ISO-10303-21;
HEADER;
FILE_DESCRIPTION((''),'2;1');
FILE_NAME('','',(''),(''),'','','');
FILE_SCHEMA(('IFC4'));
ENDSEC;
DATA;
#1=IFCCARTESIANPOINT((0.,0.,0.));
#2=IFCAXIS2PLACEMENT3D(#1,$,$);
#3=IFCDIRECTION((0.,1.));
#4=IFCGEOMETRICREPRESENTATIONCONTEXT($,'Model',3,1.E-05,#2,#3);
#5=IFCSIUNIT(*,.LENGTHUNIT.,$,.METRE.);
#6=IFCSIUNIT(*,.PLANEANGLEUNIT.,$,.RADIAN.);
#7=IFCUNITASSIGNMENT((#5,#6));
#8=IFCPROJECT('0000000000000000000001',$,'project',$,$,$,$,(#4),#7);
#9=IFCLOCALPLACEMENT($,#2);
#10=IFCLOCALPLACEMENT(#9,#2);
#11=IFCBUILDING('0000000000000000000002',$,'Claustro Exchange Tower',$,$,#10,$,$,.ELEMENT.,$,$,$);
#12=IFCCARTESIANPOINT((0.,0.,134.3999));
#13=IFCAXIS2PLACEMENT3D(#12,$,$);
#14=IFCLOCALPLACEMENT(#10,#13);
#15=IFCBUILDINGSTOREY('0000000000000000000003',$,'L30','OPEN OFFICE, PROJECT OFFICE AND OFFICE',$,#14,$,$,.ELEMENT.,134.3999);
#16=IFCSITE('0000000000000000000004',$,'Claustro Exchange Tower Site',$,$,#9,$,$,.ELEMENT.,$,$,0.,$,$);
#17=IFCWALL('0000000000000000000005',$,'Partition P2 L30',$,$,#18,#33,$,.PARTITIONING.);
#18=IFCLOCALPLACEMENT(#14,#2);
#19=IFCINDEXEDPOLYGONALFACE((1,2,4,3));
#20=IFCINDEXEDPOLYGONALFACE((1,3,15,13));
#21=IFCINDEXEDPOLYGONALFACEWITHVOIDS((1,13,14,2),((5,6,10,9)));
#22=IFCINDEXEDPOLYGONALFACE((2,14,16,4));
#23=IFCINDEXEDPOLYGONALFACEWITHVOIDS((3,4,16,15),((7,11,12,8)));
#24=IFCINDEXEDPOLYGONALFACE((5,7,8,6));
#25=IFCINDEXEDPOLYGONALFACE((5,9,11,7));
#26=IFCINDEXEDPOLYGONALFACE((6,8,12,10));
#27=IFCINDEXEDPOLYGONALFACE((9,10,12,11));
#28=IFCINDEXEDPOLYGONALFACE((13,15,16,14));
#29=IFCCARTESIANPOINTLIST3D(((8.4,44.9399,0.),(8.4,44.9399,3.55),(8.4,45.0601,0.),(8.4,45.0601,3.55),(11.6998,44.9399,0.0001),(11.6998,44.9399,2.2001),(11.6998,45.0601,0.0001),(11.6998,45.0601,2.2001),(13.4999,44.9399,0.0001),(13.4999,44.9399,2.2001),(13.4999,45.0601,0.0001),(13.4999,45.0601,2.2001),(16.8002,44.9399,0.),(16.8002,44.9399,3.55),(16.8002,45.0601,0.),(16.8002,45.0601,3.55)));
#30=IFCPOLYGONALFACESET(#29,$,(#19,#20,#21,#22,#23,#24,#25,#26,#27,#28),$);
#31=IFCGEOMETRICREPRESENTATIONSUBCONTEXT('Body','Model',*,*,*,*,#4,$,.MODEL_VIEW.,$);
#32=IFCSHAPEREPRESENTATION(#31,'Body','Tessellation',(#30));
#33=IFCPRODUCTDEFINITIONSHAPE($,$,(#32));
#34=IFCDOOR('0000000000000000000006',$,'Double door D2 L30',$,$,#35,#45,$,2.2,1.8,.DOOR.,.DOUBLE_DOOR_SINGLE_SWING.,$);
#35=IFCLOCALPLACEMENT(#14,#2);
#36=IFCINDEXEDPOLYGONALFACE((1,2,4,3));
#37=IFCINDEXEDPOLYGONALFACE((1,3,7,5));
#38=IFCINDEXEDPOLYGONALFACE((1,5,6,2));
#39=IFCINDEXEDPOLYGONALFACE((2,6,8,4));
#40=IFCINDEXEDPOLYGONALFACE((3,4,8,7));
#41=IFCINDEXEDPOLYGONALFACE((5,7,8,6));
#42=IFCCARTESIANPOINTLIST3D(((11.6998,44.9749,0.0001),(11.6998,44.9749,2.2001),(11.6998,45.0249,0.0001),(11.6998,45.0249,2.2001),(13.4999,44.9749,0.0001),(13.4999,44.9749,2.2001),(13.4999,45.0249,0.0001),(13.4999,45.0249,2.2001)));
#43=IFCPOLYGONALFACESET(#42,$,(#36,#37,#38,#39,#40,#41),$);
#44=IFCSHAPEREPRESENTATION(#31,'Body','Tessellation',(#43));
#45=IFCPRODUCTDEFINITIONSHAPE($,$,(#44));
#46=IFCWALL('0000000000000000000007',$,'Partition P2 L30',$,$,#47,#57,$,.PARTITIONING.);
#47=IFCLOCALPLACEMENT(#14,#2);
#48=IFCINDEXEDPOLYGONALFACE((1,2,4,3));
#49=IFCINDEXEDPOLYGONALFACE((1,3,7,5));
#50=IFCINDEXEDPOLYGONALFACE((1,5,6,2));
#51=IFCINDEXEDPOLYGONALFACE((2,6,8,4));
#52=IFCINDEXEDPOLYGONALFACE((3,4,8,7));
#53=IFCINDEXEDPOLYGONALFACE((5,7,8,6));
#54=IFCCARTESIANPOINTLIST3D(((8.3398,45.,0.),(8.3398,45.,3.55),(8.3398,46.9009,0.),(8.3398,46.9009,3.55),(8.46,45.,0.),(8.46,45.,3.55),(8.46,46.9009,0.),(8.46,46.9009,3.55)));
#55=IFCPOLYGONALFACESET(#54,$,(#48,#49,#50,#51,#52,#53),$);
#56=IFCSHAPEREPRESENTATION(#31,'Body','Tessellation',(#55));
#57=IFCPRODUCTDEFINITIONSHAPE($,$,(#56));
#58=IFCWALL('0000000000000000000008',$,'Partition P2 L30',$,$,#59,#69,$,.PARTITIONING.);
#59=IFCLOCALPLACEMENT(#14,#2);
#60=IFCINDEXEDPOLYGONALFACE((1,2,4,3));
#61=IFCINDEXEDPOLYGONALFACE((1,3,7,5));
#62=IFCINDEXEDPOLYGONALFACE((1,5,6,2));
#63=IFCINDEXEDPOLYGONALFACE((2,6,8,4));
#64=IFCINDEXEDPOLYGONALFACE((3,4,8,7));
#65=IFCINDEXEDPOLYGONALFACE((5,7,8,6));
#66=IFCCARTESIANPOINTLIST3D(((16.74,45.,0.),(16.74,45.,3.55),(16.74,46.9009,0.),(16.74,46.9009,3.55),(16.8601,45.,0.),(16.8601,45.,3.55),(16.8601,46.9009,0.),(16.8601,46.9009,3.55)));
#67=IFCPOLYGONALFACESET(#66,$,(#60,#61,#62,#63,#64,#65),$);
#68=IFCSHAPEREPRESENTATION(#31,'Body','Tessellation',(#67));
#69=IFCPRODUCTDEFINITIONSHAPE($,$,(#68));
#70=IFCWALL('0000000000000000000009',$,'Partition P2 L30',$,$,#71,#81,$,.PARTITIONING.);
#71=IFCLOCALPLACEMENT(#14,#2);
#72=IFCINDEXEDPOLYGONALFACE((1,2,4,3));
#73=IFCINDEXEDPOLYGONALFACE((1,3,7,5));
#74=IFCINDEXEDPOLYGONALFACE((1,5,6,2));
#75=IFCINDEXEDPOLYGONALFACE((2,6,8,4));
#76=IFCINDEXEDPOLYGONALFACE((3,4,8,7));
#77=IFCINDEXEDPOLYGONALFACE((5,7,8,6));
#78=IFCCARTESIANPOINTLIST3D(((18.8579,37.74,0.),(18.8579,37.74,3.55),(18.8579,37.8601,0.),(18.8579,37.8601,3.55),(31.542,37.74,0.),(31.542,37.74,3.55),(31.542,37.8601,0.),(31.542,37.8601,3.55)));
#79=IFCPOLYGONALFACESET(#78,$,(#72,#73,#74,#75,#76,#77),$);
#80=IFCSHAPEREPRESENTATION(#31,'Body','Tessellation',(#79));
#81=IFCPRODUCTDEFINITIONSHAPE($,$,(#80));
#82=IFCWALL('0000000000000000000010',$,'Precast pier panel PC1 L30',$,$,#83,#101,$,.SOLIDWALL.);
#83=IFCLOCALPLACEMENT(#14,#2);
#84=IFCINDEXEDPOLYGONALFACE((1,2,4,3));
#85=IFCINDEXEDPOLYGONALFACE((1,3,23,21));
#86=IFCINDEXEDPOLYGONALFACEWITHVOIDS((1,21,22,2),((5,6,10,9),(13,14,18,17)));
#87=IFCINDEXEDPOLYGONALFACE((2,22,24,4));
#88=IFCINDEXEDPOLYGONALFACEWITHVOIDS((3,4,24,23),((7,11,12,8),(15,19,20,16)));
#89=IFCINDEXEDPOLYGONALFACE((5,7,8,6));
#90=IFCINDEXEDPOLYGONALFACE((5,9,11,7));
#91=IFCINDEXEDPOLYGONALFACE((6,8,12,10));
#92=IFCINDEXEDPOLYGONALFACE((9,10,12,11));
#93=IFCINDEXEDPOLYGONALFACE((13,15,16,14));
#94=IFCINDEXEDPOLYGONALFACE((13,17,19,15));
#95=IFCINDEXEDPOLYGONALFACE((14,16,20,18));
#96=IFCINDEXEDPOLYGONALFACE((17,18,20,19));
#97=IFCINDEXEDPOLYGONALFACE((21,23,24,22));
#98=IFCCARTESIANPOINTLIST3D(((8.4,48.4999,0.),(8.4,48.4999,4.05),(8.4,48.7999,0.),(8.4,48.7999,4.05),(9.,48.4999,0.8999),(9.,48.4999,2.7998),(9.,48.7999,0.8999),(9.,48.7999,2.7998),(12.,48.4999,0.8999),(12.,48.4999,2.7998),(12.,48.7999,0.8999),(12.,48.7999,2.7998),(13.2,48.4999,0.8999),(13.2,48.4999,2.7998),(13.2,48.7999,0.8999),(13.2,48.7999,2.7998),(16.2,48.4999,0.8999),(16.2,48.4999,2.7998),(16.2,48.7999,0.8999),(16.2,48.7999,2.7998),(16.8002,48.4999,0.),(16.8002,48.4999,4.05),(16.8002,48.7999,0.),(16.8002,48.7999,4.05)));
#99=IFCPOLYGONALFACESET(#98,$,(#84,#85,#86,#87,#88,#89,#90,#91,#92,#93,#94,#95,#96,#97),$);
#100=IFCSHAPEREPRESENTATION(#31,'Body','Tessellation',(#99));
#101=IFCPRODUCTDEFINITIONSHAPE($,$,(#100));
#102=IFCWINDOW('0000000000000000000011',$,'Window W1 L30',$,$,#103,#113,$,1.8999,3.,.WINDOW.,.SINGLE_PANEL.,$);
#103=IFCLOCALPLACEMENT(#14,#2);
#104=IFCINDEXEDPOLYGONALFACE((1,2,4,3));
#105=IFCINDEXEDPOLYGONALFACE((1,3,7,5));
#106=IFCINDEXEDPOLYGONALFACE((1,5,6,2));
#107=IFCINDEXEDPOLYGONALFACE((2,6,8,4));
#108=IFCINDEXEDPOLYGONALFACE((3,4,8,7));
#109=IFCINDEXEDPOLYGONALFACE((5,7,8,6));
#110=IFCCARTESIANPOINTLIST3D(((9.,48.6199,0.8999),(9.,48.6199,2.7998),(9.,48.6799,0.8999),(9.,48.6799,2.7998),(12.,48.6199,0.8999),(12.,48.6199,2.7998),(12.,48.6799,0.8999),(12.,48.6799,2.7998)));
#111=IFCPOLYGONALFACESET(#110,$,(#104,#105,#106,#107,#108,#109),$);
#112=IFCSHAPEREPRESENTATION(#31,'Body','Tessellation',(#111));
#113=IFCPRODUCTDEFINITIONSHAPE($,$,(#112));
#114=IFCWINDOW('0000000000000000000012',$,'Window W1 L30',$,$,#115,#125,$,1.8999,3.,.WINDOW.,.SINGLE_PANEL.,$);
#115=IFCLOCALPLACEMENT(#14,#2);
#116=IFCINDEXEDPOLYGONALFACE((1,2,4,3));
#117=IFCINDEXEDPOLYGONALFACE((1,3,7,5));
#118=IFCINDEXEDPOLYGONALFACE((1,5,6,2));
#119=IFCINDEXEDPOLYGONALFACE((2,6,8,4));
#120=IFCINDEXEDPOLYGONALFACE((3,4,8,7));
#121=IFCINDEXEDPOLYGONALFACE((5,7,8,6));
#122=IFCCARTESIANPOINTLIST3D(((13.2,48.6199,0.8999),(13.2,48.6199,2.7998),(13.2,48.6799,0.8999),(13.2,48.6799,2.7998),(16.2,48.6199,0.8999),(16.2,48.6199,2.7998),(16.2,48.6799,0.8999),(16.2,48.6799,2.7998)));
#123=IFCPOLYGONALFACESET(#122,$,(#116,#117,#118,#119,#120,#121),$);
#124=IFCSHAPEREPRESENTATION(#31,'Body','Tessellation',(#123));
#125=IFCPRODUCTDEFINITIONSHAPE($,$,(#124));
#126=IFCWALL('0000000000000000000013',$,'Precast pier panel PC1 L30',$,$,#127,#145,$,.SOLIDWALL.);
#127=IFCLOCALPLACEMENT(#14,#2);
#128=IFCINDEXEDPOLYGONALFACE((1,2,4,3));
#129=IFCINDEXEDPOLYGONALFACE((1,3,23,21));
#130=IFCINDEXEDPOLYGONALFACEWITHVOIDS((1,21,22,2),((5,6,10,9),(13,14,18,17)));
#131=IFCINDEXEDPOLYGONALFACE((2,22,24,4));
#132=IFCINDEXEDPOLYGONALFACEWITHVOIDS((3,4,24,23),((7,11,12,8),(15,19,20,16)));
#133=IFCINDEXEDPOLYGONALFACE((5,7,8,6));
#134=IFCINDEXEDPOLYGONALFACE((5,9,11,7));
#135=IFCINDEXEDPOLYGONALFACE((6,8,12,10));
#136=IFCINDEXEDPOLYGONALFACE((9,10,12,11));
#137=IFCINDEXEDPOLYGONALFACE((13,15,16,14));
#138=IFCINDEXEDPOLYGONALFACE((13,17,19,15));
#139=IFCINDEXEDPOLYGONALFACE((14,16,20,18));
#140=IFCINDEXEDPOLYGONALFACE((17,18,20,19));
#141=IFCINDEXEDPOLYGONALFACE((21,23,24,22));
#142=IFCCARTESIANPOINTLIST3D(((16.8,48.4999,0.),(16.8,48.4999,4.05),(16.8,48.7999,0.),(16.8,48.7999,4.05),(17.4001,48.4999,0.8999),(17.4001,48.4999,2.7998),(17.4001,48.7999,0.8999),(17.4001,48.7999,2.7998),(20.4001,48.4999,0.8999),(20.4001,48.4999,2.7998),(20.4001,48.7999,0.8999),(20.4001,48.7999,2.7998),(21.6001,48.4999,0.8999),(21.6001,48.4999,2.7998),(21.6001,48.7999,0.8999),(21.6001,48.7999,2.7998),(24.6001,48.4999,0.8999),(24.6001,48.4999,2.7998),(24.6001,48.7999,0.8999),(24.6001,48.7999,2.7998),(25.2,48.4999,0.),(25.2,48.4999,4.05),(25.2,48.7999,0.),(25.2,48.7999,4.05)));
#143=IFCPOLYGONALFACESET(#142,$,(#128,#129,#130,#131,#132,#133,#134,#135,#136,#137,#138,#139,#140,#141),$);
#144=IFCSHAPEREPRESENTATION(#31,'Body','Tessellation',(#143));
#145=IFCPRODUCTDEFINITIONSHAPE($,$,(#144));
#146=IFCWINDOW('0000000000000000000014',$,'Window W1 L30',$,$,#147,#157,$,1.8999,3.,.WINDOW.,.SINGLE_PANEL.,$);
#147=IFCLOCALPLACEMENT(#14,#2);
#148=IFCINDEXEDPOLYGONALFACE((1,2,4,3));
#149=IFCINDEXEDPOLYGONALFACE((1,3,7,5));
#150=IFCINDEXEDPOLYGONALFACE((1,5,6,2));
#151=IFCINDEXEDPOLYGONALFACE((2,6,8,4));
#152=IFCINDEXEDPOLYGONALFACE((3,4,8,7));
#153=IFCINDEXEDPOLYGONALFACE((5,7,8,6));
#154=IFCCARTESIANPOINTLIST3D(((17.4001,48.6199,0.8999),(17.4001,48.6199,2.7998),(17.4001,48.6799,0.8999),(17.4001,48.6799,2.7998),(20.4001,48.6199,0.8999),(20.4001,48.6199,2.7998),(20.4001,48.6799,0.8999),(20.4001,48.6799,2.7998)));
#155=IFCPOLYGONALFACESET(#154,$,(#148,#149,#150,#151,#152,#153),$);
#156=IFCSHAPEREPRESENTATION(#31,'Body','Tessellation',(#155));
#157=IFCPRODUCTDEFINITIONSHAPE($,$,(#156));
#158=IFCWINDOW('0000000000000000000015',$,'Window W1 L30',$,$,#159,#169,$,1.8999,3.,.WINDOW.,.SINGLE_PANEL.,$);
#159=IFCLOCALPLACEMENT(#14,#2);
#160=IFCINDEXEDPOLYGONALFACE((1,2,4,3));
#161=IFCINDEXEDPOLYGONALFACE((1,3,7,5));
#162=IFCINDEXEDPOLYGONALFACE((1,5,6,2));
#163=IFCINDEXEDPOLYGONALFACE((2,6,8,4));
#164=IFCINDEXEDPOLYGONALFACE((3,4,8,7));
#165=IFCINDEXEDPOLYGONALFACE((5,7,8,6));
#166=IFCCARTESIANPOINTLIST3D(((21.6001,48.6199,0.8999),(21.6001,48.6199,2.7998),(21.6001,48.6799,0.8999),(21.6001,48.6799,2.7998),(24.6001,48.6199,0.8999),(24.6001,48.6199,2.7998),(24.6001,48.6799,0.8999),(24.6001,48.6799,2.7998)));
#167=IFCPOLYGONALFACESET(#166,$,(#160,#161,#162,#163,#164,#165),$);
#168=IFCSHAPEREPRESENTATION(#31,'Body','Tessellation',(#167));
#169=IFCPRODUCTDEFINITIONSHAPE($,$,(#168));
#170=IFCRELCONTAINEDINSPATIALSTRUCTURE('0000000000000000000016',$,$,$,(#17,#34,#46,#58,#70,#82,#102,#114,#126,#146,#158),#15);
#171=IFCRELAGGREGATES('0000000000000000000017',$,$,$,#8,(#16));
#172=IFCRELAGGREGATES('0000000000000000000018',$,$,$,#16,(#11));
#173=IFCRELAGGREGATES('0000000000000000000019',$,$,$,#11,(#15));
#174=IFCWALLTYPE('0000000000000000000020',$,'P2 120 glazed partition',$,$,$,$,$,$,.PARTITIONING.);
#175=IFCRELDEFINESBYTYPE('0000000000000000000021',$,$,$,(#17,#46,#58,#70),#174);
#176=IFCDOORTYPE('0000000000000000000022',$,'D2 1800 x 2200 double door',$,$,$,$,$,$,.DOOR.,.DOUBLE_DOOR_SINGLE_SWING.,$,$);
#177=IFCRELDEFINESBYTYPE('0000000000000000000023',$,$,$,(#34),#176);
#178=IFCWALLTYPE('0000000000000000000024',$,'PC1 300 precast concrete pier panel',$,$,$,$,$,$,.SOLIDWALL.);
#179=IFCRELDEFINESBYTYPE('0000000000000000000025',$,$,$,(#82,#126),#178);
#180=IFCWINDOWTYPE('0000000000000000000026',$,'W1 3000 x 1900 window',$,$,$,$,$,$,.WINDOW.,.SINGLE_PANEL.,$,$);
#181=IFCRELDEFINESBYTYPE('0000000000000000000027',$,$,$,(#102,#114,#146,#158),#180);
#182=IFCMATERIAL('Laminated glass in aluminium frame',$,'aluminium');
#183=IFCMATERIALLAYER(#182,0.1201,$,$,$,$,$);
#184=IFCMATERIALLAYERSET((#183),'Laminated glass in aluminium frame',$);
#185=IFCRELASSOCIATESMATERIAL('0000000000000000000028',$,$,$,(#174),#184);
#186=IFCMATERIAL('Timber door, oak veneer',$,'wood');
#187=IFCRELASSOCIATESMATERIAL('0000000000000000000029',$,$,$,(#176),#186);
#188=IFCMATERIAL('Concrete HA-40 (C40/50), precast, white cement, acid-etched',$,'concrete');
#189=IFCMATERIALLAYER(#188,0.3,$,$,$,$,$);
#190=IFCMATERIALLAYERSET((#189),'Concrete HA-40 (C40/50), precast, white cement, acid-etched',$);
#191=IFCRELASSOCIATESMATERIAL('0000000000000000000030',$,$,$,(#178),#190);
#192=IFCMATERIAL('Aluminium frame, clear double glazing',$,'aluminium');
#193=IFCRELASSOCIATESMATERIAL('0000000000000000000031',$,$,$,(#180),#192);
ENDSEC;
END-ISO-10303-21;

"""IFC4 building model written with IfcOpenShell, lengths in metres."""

from ifc_helpers import new_model, si_unit, direction, frame, frame_2d, origin, place, context, subcontext, project, spatial, rectangle, extrude, material, layer, layer_set, type_object, element, fill, save


model = new_model("IFC4")

# Units and contexts
model_context = context("Model", 3, precision=1e-05, world=origin(), true_north=direction((0.0, 1.0)))
body_context = subcontext(model_context, "Body", "Model", "MODEL_VIEW")
ifc_project = project(units=[si_unit("LENGTHUNIT", "METRE"), si_unit("PLANEANGLEUNIT", "RADIAN")], contexts=[model_context])

# Site, building, storey
site_placement = place(None, origin())
site = spatial("IfcSite", under=ifc_project, at=site_placement, Name="Claustro Exchange Tower Site", CompositionType="ELEMENT", RefElevation=0.0)
building_placement = place(site_placement, origin())
building = spatial("IfcBuilding", under=site, at=building_placement, Name="Claustro Exchange Tower", CompositionType="ELEMENT")
storey_placement = place(building_placement, frame((0.0, 0.0, 134.3999)))
storey = spatial("IfcBuildingStorey", under=building, at=storey_placement, Name="L30", Description="OPEN OFFICE, PROJECT OFFICE AND OFFICE", CompositionType="ELEMENT", Elevation=134.3999)

# Wall, opening, door
ifc_material_1 = material(Name="Laminated glass in aluminium frame", Category="aluminium")
ifc_layer_1 = layer(ifc_material_1, 0.1201)
ifc_layer_set_1 = layer_set([ifc_layer_1], Name="Laminated glass in aluminium frame")
wall_type_1 = type_object("IfcWallType", Name="P2 120 glazed partition", PredefinedType="PARTITIONING", material=ifc_layer_set_1)
wall_1_placement = place(storey_placement, frame((8.3999, 45.0, 0.0), z_axis=(0.0, 0.0, 1.0), x_axis=(1.0, 0.0, 0.0)))
wall_1 = element("IfcWall", 1, at=wall_1_placement, inside=storey, type_object=wall_type_1, Name="Partition P2 L30", PredefinedType="PARTITIONING", context=body_context, shape_type="SweptSolid", body=[
    extrude(rectangle(XDim=8.4001, YDim=0.1201, at=frame_2d((4.2002, 0.0))), origin(), (0.0, 0.0, 1.0), 3.55),
])
opening_1_placement = place(wall_1_placement, frame((3.3, 0.0, 0.0)))
opening_1 = element("IfcOpeningElement", 2, at=opening_1_placement, cuts=wall_1, PredefinedType="OPENING", context=body_context, shape_type="SweptSolid", body=[
    extrude(rectangle(XDim=1.8, YDim=2.2, at=frame_2d((0.8999, 1.1001))), frame((0.0, 0.0701, 0.0), z_axis=(0.0, -1.0, 0.0), x_axis=(1.0, 0.0, 0.0)), (0.0, 0.0, 1.0), 0.1401),
])
ifc_material_2 = material(Name="Timber door, oak veneer", Category="wood")
door_type = type_object("IfcDoorType", Name="D2 1800 x 2200 double door", OperationType="DOUBLE_DOOR_SINGLE_SWING", PredefinedType="DOOR", material=ifc_material_2)
door_placement = place(opening_1_placement, origin())
door = element("IfcDoor", 3, at=door_placement, inside=storey, type_object=door_type, Name="Double door D2 L30", OperationType="DOUBLE_DOOR_SINGLE_SWING", OverallHeight=2.2, OverallWidth=1.8, PredefinedType="DOOR", context=body_context, shape_type="SweptSolid", body=[
    extrude(rectangle(XDim=1.8, YDim=2.2, at=frame_2d((0.8999, 1.1001))), frame((0.0, 0.0249, 0.0), z_axis=(0.0, -1.0, 0.0), x_axis=(1.0, 0.0, 0.0)), (0.0, 0.0, 1.0), 0.05),
])
fill(opening_1, door)

# Walls
for number, where, z_axis, x_axis, name in (
    (4, (8.3999, 45.0, 0.0), (0.0, 0.0, 1.0), (0.0, 1.0, 0.0), "Partition P2 L30"),
    (5, (16.8, 45.0, 0.0), (0.0, 0.0, 1.0), (0.0, 1.0, 0.0), "Partition P2 L30"),
):
    element("IfcWall", number, at=place(storey_placement, frame(where, z_axis=z_axis, x_axis=x_axis)), inside=storey, type_object=wall_type_1, Name=name, PredefinedType="PARTITIONING", context=body_context, shape_type="SweptSolid", body=[
        extrude(rectangle(XDim=1.9009, YDim=0.1201, at=frame_2d((0.9504, 0.0))), origin(), (0.0, 0.0, 1.0), 3.55),
    ])
wall_2_placement = place(storey_placement, frame((18.8579, 37.8, 0.0), z_axis=(0.0, 0.0, 1.0), x_axis=(1.0, 0.0, 0.0)))
element("IfcWall", 6, at=wall_2_placement, inside=storey, type_object=wall_type_1, Name="Partition P2 L30", PredefinedType="PARTITIONING", context=body_context, shape_type="SweptSolid", body=[
    extrude(rectangle(XDim=12.6841, YDim=0.1201, at=frame_2d((6.342, 0.0))), origin(), (0.0, 0.0, 1.0), 3.55),
])

# Walls, openings, windows
ifc_material_3 = material(Name="Concrete HA-40 (C40/50), precast, white cement, acid-etched", Category="concrete")
ifc_layer_2 = layer(ifc_material_3, 0.3)
ifc_layer_set_2 = layer_set([ifc_layer_2], Name="Concrete HA-40 (C40/50), precast, white cement, acid-etched")
wall_type_2 = type_object("IfcWallType", Name="PC1 300 precast concrete pier panel", PredefinedType="SOLIDWALL", material=ifc_layer_set_2)
wall_3_placement = place(storey_placement, frame((8.3999, 48.6499, 0.0), z_axis=(0.0, 0.0, 1.0), x_axis=(1.0, 0.0, 0.0)))
wall_3 = element("IfcWall", 7, at=wall_3_placement, inside=storey, type_object=wall_type_2, Name="Precast pier panel PC1 L30", PredefinedType="SOLIDWALL", context=body_context, shape_type="SweptSolid", body=[
    extrude(rectangle(XDim=8.4001, YDim=0.3, at=frame_2d((4.2002, 0.0))), origin(), (0.0, 0.0, 1.0), 4.05),
])
opening_2_placement = place(wall_3_placement, frame((0.6001, 0.0, 0.8999)))
opening_2 = element("IfcOpeningElement", 8, at=opening_2_placement, cuts=wall_3, PredefinedType="OPENING", context=body_context, shape_type="SweptSolid", body=[
    extrude(rectangle(XDim=3.0, YDim=1.8999, at=frame_2d((1.5, 0.95))), frame((0.0, 0.1599, 0.0), z_axis=(0.0, -1.0, 0.0), x_axis=(1.0, 0.0, 0.0)), (0.0, 0.0, 1.0), 0.3201),
])
opening_3_placement = place(wall_3_placement, frame((4.8, 0.0, 0.8999)))
opening_3 = element("IfcOpeningElement", 9, at=opening_3_placement, cuts=wall_3, PredefinedType="OPENING", context=body_context, shape_type="SweptSolid", body=[
    extrude(rectangle(XDim=3.0, YDim=1.8999, at=frame_2d((1.5, 0.95))), frame((0.0, 0.1599, 0.0), z_axis=(0.0, -1.0, 0.0), x_axis=(1.0, 0.0, 0.0)), (0.0, 0.0, 1.0), 0.3201),
])
ifc_material_4 = material(Name="Aluminium frame, clear double glazing", Category="aluminium")
window_type = type_object("IfcWindowType", Name="W1 3000 x 1900 window", PartitioningType="SINGLE_PANEL", PredefinedType="WINDOW", material=ifc_material_4)
window_1_placement = place(opening_2_placement, origin())
window_1 = element("IfcWindow", 10, at=window_1_placement, inside=storey, type_object=window_type, Name="Window W1 L30", OverallHeight=1.8999, OverallWidth=3.0, PartitioningType="SINGLE_PANEL", PredefinedType="WINDOW", context=body_context, shape_type="SweptSolid", body=[
    extrude(rectangle(XDim=3.0, YDim=1.8999, at=frame_2d((1.5, 0.95))), frame((0.0, 0.03, 0.0), z_axis=(0.0, -1.0, 0.0), x_axis=(1.0, 0.0, 0.0)), (0.0, 0.0, 1.0), 0.0601),
])
fill(opening_2, window_1)
window_2_placement = place(opening_3_placement, origin())
window_2 = element("IfcWindow", 11, at=window_2_placement, inside=storey, type_object=window_type, Name="Window W1 L30", OverallHeight=1.8999, OverallWidth=3.0, PartitioningType="SINGLE_PANEL", PredefinedType="WINDOW", context=body_context, shape_type="SweptSolid", body=[
    extrude(rectangle(XDim=3.0, YDim=1.8999, at=frame_2d((1.5, 0.95))), frame((0.0, 0.03, 0.0), z_axis=(0.0, -1.0, 0.0), x_axis=(1.0, 0.0, 0.0)), (0.0, 0.0, 1.0), 0.0601),
])
fill(opening_3, window_2)
wall_4_placement = place(storey_placement, frame((16.8, 48.6499, 0.0), z_axis=(0.0, 0.0, 1.0), x_axis=(1.0, 0.0, 0.0)))
wall_4 = element("IfcWall", 12, at=wall_4_placement, inside=storey, type_object=wall_type_2, Name="Precast pier panel PC1 L30", PredefinedType="SOLIDWALL", context=body_context, shape_type="SweptSolid", body=[
    extrude(rectangle(XDim=8.3999, YDim=0.3, at=frame_2d((4.2, 0.0))), origin(), (0.0, 0.0, 1.0), 4.05),
])
opening_4_placement = place(wall_4_placement, frame((0.6001, 0.0, 0.8999)))
opening_4 = element("IfcOpeningElement", 13, at=opening_4_placement, cuts=wall_4, PredefinedType="OPENING", context=body_context, shape_type="SweptSolid", body=[
    extrude(rectangle(XDim=3.0, YDim=1.8999, at=frame_2d((1.5, 0.95))), frame((0.0, 0.1599, 0.0), z_axis=(0.0, -1.0, 0.0), x_axis=(1.0, 0.0, 0.0)), (0.0, 0.0, 1.0), 0.3201),
])
opening_5_placement = place(wall_4_placement, frame((4.8, 0.0, 0.8999)))
opening_5 = element("IfcOpeningElement", 14, at=opening_5_placement, cuts=wall_4, PredefinedType="OPENING", context=body_context, shape_type="SweptSolid", body=[
    extrude(rectangle(XDim=3.0, YDim=1.8999, at=frame_2d((1.5, 0.95))), frame((0.0, 0.1599, 0.0), z_axis=(0.0, -1.0, 0.0), x_axis=(1.0, 0.0, 0.0)), (0.0, 0.0, 1.0), 0.3201),
])
window_3_placement = place(opening_4_placement, origin())
window_3 = element("IfcWindow", 15, at=window_3_placement, inside=storey, type_object=window_type, Name="Window W1 L30", OverallHeight=1.8999, OverallWidth=3.0, PartitioningType="SINGLE_PANEL", PredefinedType="WINDOW", context=body_context, shape_type="SweptSolid", body=[
    extrude(rectangle(XDim=3.0, YDim=1.8999, at=frame_2d((1.5, 0.95))), frame((0.0, 0.03, 0.0), z_axis=(0.0, -1.0, 0.0), x_axis=(1.0, 0.0, 0.0)), (0.0, 0.0, 1.0), 0.0601),
])
fill(opening_4, window_3)
window_4_placement = place(opening_5_placement, origin())
window_4 = element("IfcWindow", 16, at=window_4_placement, inside=storey, type_object=window_type, Name="Window W1 L30", OverallHeight=1.8999, OverallWidth=3.0, PartitioningType="SINGLE_PANEL", PredefinedType="WINDOW", context=body_context, shape_type="SweptSolid", body=[
    extrude(rectangle(XDim=3.0, YDim=1.8999, at=frame_2d((1.5, 0.95))), frame((0.0, 0.03, 0.0), z_axis=(0.0, -1.0, 0.0), x_axis=(1.0, 0.0, 0.0)), (0.0, 0.0, 1.0), 0.0601),
])
fill(opening_5, window_4)

save(model, "model.ifc")
